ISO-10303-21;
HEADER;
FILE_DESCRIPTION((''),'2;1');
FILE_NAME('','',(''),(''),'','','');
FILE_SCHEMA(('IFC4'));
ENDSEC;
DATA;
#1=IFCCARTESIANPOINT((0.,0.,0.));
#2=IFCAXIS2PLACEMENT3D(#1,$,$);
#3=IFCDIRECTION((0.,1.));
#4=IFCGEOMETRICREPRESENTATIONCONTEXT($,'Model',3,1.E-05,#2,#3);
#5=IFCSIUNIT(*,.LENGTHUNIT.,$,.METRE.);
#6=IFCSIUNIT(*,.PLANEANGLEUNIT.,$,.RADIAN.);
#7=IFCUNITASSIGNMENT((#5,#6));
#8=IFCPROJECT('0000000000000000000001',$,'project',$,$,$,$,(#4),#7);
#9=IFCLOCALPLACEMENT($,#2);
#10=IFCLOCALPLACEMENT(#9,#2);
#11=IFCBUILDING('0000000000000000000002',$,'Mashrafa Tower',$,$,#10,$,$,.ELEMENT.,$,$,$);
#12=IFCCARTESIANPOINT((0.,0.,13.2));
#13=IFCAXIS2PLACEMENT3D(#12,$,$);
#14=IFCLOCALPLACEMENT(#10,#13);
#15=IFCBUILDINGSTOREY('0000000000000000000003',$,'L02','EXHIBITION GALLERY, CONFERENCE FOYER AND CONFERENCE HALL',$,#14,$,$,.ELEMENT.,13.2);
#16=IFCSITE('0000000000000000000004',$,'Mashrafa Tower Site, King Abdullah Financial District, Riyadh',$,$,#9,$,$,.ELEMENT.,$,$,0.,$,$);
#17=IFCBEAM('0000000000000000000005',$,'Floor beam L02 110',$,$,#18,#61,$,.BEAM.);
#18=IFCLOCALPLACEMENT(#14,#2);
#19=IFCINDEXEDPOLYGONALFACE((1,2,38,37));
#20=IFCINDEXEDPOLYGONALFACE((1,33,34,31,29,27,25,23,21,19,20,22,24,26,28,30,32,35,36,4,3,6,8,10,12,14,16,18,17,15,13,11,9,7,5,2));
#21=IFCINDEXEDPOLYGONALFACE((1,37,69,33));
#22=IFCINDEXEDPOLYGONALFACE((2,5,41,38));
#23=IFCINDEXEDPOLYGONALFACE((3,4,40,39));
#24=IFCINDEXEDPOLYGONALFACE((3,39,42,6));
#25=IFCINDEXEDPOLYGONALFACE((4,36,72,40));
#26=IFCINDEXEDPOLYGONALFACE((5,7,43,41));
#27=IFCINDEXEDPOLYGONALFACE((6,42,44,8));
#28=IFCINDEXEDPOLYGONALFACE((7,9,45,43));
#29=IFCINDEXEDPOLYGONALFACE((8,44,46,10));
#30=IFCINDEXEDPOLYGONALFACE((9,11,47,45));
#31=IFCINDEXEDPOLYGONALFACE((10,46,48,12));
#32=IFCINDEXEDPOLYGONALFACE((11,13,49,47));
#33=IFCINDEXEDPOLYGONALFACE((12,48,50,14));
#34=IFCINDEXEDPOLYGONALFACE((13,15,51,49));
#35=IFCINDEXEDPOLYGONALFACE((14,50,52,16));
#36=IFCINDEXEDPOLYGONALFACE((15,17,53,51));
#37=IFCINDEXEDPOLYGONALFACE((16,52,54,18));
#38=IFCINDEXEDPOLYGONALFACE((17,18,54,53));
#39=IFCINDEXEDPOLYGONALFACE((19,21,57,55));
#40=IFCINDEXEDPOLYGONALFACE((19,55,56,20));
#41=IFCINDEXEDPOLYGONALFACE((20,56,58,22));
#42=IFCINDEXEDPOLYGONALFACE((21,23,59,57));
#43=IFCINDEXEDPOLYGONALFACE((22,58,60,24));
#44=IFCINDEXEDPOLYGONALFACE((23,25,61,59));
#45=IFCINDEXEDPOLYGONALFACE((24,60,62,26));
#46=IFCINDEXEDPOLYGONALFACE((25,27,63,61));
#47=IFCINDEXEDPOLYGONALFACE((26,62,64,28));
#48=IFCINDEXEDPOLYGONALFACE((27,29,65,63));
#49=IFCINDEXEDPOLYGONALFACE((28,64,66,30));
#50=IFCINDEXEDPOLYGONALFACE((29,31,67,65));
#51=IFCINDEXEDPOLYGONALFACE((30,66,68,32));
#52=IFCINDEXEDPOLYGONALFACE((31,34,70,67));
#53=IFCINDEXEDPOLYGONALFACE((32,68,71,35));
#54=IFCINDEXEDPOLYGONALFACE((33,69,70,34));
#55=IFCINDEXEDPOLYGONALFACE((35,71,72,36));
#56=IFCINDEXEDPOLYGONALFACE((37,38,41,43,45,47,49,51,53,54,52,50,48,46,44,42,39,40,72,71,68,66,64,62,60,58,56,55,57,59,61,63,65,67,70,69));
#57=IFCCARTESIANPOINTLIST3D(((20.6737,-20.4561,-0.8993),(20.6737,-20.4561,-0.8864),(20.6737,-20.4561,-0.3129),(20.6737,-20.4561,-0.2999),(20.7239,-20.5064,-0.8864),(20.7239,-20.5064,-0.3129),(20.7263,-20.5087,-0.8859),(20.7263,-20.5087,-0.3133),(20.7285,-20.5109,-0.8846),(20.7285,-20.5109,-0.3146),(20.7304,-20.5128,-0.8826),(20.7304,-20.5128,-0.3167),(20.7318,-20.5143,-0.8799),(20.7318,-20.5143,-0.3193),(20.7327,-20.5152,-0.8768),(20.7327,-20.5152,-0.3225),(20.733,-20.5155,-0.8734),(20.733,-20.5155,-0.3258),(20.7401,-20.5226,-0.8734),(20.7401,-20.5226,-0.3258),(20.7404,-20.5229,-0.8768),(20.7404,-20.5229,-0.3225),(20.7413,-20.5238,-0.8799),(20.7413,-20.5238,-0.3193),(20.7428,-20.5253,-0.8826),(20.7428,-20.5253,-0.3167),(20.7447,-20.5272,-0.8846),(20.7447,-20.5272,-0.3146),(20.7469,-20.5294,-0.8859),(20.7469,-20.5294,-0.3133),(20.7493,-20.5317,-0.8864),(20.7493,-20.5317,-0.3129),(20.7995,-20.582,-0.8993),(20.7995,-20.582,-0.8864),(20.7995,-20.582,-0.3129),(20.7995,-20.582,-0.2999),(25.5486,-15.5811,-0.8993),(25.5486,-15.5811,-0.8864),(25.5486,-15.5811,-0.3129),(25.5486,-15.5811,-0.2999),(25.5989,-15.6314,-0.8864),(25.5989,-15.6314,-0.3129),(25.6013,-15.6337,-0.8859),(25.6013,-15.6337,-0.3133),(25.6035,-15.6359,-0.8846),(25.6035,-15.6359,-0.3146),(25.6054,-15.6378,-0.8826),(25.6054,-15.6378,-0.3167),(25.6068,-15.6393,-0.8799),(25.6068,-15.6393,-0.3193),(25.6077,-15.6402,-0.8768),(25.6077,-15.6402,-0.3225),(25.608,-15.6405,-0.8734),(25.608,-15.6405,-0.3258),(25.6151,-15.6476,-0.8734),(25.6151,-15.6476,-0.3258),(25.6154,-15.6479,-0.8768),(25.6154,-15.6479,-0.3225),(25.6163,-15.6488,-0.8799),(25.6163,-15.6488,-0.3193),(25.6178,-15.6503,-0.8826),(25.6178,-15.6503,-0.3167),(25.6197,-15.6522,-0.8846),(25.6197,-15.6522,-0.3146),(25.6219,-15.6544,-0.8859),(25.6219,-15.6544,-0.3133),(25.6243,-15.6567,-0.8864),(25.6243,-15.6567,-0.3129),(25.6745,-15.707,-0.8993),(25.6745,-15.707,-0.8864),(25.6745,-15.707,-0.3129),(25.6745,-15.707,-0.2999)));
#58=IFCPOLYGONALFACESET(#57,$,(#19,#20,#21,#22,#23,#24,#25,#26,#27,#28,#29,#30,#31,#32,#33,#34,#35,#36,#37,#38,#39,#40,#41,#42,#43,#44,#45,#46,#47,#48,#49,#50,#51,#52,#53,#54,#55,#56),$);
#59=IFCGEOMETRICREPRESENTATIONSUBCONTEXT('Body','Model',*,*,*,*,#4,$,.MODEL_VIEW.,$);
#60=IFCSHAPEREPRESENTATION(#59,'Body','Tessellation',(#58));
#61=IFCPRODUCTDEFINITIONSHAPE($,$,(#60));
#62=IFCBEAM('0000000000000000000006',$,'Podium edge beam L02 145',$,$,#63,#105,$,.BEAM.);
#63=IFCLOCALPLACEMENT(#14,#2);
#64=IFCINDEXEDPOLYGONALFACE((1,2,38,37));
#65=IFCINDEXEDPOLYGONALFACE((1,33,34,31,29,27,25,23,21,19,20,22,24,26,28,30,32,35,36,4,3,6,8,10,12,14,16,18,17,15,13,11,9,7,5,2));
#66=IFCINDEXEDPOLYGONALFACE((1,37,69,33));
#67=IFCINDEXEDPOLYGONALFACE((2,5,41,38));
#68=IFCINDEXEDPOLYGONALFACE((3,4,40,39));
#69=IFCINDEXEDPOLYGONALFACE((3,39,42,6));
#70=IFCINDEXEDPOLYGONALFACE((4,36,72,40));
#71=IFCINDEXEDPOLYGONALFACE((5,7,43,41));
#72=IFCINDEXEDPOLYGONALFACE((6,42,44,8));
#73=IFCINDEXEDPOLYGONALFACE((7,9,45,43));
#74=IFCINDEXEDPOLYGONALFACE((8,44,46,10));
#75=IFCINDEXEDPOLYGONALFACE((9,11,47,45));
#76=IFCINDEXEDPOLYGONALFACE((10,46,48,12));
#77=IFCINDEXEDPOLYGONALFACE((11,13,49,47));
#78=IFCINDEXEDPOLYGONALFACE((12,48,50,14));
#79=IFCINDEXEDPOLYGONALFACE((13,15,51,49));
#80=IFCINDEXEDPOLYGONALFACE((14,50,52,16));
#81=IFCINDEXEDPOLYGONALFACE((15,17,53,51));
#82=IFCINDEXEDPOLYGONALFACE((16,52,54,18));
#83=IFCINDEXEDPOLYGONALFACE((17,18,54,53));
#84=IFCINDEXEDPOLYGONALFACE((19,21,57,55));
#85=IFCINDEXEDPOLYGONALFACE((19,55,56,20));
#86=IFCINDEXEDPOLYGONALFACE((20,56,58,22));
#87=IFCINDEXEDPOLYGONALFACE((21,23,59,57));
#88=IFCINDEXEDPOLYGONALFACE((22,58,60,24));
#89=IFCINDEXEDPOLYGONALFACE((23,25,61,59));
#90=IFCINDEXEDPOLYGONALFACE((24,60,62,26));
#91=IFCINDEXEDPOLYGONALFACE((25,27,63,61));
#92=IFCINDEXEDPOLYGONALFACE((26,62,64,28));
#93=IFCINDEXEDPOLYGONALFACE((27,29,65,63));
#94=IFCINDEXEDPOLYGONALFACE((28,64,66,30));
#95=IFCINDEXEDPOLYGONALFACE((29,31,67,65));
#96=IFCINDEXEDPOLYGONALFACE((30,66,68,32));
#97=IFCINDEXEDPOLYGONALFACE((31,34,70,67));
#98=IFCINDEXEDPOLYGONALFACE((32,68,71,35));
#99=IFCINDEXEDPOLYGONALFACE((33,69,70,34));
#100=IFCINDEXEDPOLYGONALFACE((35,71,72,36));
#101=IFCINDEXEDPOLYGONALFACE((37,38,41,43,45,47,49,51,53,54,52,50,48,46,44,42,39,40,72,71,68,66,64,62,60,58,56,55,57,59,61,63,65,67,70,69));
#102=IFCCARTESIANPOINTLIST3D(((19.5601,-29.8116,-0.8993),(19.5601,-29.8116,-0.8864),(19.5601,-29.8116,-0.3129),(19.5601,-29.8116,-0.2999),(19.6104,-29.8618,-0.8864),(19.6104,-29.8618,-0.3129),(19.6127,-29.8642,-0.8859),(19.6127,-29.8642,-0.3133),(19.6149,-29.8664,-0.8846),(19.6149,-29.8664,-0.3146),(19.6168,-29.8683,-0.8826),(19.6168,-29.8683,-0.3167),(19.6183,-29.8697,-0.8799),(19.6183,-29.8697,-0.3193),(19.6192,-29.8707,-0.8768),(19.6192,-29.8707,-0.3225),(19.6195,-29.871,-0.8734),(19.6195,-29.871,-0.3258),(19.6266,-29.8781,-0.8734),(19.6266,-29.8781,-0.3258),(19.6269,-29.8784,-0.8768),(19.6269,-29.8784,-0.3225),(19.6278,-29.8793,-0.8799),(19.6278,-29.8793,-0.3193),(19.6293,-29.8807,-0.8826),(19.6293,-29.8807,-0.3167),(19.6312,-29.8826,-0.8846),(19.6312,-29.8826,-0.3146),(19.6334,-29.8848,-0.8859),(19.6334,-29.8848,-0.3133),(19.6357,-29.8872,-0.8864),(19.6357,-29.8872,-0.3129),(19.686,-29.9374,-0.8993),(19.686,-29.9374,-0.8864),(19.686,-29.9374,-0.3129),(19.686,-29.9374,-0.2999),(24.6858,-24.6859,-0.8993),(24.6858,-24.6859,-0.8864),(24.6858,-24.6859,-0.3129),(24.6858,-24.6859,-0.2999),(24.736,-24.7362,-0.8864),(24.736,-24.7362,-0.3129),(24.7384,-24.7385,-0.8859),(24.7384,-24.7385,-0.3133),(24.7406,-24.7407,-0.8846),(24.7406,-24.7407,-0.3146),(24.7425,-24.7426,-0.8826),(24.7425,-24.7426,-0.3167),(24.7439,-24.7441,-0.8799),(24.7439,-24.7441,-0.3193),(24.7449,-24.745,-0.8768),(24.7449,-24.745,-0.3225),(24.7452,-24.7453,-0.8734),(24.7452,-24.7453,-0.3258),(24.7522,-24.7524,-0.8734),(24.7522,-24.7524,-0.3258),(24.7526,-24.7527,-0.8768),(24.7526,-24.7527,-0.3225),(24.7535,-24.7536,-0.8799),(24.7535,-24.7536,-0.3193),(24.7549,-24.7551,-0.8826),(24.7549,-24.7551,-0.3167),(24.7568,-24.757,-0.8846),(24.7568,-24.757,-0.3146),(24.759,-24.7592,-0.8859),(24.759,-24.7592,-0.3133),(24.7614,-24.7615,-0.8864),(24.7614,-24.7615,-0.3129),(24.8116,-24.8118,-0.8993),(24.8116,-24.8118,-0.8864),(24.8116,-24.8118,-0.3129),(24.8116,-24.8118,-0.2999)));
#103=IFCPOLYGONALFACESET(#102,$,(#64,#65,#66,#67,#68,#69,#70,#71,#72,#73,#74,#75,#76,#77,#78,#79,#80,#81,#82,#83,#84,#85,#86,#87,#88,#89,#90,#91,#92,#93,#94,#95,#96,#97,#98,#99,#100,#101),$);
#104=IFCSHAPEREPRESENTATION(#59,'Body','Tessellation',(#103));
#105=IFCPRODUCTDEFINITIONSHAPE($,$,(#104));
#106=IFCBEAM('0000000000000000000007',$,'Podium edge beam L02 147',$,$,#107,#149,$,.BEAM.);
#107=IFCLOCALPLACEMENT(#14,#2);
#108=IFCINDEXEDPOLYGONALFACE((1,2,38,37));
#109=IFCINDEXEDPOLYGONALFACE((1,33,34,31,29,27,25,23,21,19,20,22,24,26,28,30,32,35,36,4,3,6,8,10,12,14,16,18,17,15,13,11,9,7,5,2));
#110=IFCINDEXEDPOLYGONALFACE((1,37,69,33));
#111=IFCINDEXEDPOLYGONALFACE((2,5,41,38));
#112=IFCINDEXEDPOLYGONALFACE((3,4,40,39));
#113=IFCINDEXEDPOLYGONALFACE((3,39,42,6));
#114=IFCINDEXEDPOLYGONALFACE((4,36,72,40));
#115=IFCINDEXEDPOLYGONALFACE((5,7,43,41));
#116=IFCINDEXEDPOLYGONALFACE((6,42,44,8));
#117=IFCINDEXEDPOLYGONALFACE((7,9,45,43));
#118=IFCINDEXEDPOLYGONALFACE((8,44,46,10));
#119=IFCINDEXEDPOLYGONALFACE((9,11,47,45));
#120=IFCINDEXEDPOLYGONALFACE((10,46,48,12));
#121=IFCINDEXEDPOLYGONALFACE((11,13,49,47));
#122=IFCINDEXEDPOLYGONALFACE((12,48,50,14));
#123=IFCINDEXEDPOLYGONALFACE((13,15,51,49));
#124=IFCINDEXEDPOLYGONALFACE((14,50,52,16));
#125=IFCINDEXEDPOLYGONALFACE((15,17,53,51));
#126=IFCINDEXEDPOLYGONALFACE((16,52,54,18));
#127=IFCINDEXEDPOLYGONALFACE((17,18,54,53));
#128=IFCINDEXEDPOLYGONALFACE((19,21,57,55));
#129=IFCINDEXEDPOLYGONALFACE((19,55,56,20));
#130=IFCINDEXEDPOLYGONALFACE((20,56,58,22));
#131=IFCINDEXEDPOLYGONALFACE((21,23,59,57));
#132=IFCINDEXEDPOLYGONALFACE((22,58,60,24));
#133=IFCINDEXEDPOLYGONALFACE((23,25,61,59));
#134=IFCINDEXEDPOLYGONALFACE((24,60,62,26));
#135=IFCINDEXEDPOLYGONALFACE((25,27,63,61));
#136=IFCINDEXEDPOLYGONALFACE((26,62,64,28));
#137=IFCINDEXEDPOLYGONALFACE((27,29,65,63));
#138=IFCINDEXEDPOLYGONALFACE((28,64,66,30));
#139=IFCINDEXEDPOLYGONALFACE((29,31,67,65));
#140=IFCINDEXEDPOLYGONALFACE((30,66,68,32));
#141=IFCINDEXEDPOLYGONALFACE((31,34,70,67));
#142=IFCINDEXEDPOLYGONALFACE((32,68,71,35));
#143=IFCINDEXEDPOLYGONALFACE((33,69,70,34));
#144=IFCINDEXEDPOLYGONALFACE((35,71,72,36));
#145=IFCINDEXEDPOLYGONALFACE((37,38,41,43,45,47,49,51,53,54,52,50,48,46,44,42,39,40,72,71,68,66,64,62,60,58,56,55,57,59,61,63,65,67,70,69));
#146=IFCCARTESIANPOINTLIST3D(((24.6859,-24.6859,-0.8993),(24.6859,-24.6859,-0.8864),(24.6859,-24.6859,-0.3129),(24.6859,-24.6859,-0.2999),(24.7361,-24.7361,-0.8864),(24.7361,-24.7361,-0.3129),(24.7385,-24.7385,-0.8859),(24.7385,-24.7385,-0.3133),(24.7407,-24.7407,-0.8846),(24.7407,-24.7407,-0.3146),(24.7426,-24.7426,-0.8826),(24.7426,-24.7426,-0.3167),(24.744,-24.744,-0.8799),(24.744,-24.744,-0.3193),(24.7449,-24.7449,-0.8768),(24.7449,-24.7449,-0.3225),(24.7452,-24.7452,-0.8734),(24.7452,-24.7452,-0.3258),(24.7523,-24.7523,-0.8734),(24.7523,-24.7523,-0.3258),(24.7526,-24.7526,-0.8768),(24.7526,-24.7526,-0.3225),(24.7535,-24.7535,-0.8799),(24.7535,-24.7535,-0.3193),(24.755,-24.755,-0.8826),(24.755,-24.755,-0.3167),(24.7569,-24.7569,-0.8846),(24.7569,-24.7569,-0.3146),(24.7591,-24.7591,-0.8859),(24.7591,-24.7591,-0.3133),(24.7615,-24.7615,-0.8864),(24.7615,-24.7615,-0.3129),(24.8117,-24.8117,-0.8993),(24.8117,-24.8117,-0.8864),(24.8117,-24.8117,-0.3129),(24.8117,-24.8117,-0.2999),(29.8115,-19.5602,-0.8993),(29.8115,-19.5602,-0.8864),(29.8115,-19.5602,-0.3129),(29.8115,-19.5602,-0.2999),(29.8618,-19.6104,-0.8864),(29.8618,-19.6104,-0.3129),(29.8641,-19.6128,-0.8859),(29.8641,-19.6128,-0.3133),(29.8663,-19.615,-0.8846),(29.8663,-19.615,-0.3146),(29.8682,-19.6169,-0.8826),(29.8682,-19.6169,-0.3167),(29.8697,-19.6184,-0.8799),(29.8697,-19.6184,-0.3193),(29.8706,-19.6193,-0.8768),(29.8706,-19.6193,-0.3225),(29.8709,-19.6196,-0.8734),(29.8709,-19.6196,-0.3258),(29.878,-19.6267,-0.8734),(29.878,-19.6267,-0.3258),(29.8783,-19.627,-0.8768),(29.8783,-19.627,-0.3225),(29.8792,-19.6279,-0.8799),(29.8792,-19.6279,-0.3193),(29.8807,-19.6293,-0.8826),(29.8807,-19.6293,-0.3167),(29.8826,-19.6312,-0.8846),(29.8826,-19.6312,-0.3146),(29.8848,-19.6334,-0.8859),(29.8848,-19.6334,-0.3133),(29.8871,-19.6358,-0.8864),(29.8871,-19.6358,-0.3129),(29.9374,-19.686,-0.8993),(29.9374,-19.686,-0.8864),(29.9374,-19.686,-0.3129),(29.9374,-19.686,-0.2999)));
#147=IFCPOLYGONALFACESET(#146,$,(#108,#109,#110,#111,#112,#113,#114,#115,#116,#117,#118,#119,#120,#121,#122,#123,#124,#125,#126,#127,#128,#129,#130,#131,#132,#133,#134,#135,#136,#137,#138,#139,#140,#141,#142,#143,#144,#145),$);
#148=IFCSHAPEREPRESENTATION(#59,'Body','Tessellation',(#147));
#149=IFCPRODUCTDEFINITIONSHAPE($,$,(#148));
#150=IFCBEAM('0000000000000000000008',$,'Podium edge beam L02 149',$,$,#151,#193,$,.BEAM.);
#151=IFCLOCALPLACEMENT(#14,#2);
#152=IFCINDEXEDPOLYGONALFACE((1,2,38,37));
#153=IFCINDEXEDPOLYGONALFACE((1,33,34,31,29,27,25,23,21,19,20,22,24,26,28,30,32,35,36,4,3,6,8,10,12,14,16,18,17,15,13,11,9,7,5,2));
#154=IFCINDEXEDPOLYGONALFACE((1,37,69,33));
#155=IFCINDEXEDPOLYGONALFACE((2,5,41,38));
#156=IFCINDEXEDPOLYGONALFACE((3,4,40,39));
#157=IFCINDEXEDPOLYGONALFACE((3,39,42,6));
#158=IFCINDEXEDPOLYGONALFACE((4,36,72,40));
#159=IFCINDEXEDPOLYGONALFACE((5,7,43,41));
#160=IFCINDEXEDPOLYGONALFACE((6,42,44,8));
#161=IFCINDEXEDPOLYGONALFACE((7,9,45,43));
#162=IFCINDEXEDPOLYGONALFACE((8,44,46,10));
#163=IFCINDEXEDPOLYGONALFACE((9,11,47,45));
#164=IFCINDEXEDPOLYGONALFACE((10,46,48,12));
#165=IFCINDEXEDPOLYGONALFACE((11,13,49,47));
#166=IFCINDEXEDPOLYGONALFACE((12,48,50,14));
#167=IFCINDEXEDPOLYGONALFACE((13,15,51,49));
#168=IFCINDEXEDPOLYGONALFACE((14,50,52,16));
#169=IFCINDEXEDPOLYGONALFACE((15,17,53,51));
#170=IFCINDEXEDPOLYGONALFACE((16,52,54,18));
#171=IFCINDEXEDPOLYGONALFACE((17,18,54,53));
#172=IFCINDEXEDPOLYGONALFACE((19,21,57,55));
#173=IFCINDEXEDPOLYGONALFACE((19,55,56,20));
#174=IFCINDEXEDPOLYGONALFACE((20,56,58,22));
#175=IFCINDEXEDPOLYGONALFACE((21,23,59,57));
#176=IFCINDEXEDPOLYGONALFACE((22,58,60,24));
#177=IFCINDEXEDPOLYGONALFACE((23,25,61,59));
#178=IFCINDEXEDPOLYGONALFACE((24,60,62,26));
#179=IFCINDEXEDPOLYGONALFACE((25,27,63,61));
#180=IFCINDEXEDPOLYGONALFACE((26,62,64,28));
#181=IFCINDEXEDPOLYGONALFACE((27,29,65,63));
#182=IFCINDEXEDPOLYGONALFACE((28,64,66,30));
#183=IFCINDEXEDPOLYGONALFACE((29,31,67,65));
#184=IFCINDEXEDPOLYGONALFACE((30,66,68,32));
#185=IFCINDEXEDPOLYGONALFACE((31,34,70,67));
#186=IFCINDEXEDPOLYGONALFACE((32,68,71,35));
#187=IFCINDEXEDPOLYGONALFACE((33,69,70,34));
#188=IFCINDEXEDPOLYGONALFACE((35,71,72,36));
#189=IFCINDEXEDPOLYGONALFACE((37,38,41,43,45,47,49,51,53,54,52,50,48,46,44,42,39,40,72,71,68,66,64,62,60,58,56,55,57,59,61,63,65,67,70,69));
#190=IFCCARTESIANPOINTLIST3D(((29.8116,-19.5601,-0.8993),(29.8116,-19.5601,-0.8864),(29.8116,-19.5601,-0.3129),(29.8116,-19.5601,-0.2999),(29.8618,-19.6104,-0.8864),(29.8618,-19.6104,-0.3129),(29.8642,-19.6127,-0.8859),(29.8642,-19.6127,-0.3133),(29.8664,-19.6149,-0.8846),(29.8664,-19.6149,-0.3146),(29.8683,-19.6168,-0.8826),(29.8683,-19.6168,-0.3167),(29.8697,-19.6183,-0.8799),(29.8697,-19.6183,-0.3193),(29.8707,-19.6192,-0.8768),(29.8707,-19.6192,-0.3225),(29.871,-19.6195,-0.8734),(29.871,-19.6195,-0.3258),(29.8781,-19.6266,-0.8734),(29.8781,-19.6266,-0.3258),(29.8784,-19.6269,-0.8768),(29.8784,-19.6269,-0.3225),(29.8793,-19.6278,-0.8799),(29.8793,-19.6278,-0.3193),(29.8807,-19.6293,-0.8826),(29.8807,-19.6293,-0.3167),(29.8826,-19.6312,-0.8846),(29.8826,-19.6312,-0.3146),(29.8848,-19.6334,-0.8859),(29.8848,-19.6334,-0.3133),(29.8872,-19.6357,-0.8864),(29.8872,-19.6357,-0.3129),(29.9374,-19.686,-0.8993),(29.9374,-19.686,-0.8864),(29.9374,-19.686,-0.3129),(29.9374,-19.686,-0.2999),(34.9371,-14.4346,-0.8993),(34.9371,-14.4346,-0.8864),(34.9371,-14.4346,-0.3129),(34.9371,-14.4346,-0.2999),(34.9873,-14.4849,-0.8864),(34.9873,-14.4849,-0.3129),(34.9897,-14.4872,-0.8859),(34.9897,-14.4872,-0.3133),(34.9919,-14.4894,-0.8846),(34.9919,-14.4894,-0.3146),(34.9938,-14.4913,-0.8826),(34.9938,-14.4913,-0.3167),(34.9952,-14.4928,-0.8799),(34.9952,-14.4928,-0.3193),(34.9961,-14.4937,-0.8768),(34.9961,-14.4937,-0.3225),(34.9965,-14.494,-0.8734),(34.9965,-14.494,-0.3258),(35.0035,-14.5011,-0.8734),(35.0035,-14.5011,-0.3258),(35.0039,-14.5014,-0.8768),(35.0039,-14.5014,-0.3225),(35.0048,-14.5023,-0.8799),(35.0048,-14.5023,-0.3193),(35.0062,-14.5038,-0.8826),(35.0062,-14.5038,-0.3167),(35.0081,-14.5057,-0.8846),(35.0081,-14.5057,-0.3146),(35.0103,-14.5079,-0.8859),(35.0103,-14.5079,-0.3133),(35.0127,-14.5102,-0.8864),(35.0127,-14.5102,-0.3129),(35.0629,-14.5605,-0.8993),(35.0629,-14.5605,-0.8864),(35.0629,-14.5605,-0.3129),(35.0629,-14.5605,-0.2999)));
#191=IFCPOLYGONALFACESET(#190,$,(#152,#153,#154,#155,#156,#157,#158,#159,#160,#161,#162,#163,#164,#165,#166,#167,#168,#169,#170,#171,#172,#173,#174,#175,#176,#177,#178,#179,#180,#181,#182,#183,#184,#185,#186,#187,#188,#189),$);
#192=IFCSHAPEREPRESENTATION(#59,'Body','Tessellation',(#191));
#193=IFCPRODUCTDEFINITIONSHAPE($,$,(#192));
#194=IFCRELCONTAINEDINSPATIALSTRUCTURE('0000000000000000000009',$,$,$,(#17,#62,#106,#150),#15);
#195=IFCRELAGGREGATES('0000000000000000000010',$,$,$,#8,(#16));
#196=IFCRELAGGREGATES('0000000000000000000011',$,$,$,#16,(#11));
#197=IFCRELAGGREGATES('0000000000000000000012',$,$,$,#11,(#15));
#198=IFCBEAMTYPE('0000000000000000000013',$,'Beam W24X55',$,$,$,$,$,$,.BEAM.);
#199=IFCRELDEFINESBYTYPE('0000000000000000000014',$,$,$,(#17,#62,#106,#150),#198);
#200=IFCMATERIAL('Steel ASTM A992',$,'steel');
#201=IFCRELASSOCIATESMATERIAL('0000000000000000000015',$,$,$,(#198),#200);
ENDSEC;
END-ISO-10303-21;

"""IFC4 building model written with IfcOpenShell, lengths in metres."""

from ifc_helpers import new_model, si_unit, direction, frame, origin, origin_2d, place, context, subcontext, project, spatial, i_section, extrude, material, material_profile, profile_set, type_object, element, save


model = new_model("IFC4")

# Units and contexts
model_context = context("Model", 3, precision=1e-05, world=origin(), true_north=direction((0.0, 1.0)))
body_context = subcontext(model_context, "Body", "Model", "MODEL_VIEW")
ifc_project = project(units=[si_unit("LENGTHUNIT", "METRE"), si_unit("PLANEANGLEUNIT", "RADIAN")], contexts=[model_context])

# Site, building, storey
site_placement = place(None, origin())
site = spatial("IfcSite", under=ifc_project, at=site_placement, Name="Mashrafa Tower Site, King Abdullah Financial District, Riyadh", CompositionType="ELEMENT", RefElevation=0.0)
building_placement = place(site_placement, origin())
building = spatial("IfcBuilding", under=site, at=building_placement, Name="Mashrafa Tower", CompositionType="ELEMENT")
storey_placement = place(building_placement, frame((0.0, 0.0, 13.2)))
storey = spatial("IfcBuildingStorey", under=building, at=storey_placement, Name="L02", Description="EXHIBITION GALLERY, CONFERENCE FOYER AND CONFERENCE HALL", CompositionType="ELEMENT", Elevation=13.2)

# Beams
ifc_material_1 = material(Name="Steel ASTM A992", Category="steel")
ifc_material_profile_1 = material_profile(ifc_material_1, i_section(OverallWidth=0.178, OverallDepth=0.5994, WebThickness=0.01, FlangeThickness=0.0129, FilletRadius=0.0129, at=origin_2d()), Name="W24X55")
ifc_profile_set_1 = profile_set([ifc_material_profile_1], Name="Steel ASTM A992")
beam_type_1 = type_object("IfcBeamType", Name="Beam W24X55", PredefinedType="BEAM", material=ifc_profile_set_1)
for number, where, z_axis, x_axis, name in (
    (1, (25.6116, -15.644, -0.5996), (-0.707107, -0.707107, 0.0), (0.707107, -0.707107, 0.0), "Floor beam L02 110"),
):
    element("IfcBeam", number, at=place(storey_placement, frame(where, z_axis=z_axis, x_axis=x_axis)), inside=storey, type_object=beam_type_1, Name=name, PredefinedType="BEAM", context=body_context, shape_type="SweptSolid", body=[
        extrude(i_section(OverallWidth=0.178, OverallDepth=0.5994, WebThickness=0.01, FlangeThickness=0.0129, FilletRadius=0.0129, at=origin_2d()), origin(), (0.0, 0.0, 1.0), 6.8943),
    ])
for number, where, z_axis, x_axis, name in (
    (2, (19.623, -29.8745, -0.5996), (0.707107, 0.707107, 0.0), (-0.707107, 0.707107, 0.0), "Podium edge beam L02 145"),
    (3, (24.7488, -24.7488, -0.5996), (0.707107, 0.707107, 0.0), (-0.707107, 0.707107, 0.0), "Podium edge beam L02 147"),
):
    element("IfcBeam", number, at=place(storey_placement, frame(where, z_axis=z_axis, x_axis=x_axis)), inside=storey, type_object=beam_type_1, Name=name, PredefinedType="BEAM", context=body_context, shape_type="SweptSolid", body=[
        extrude(i_section(OverallWidth=0.178, OverallDepth=0.5994, WebThickness=0.01, FlangeThickness=0.0129, FilletRadius=0.0129, at=origin_2d()), origin(), (0.0, 0.0, 1.0), 7.2488),
    ])
beam_1_placement = place(storey_placement, frame((29.8745, -19.623, -0.5996), z_axis=(0.707107, 0.707107, 0.0), x_axis=(-0.707107, 0.707107, 0.0)))
element("IfcBeam", 4, at=beam_1_placement, inside=storey, type_object=beam_type_1, Name="Podium edge beam L02 149", PredefinedType="BEAM", context=body_context, shape_type="SweptSolid", body=[
    extrude(i_section(OverallWidth=0.178, OverallDepth=0.5994, WebThickness=0.01, FlangeThickness=0.0129, FilletRadius=0.0129, at=origin_2d()), origin(), (0.0, 0.0, 1.0), 7.2485),
])

save(model, "model.ifc")
